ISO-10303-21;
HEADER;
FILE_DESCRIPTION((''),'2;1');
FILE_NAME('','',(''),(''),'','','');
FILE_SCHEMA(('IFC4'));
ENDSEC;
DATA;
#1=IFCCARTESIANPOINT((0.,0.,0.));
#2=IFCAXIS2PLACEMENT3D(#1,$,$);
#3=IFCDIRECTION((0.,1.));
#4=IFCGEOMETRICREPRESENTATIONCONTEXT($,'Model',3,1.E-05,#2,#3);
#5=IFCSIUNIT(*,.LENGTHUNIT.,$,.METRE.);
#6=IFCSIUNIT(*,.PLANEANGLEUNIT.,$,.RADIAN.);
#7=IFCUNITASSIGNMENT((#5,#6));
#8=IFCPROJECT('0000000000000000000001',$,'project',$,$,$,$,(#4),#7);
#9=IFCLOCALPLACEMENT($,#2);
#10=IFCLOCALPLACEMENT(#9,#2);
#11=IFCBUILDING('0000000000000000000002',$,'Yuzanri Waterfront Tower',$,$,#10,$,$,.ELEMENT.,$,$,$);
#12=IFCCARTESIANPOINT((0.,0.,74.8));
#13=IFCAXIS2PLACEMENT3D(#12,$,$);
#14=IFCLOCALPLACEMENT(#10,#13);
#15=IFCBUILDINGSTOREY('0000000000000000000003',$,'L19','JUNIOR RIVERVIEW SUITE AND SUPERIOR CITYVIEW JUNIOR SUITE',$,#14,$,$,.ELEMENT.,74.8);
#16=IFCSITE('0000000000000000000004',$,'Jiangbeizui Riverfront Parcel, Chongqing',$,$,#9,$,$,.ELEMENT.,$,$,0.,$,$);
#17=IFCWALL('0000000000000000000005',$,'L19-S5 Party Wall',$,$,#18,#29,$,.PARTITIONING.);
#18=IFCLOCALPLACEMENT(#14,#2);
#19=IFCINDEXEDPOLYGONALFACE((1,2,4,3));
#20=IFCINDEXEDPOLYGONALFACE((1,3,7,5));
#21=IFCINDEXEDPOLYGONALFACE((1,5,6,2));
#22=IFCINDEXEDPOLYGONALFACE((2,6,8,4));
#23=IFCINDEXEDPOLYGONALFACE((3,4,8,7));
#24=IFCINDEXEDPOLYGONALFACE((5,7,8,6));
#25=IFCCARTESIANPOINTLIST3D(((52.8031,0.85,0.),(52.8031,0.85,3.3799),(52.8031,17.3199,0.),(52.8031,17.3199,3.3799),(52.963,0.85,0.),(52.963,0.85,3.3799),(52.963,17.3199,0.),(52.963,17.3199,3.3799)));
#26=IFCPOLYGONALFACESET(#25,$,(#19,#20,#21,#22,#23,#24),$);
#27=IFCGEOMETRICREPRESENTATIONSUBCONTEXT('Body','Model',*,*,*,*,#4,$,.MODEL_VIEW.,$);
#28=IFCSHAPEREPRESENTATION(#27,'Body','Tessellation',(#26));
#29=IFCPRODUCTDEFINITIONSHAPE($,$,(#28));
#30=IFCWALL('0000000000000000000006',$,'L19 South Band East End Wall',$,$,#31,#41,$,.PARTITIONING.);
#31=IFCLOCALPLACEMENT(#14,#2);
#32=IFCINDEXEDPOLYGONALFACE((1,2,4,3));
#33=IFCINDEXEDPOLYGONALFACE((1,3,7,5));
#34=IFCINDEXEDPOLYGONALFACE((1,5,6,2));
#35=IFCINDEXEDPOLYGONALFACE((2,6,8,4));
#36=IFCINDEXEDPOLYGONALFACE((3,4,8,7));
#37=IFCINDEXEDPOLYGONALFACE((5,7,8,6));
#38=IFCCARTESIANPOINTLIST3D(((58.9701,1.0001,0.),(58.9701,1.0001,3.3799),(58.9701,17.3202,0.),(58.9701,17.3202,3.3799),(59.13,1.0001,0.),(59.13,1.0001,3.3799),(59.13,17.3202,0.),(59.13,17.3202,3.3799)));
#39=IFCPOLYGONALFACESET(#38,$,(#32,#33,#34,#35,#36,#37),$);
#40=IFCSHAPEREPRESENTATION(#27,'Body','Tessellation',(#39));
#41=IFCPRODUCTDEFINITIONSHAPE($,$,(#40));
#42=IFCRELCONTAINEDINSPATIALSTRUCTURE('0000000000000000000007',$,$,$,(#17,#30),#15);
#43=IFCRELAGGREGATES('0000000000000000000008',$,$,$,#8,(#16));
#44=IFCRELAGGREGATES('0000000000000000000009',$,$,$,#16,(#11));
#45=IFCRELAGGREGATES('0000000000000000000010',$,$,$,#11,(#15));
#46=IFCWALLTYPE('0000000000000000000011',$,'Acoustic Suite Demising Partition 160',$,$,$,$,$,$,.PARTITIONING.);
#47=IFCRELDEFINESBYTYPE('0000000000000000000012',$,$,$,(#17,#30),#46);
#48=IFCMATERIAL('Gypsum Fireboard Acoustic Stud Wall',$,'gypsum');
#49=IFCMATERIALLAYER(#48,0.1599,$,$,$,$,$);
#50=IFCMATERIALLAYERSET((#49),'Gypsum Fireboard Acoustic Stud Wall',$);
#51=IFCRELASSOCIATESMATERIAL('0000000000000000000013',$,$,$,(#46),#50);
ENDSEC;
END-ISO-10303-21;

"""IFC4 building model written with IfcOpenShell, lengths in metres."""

from ifc_helpers import new_model, si_unit, direction, frame, frame_2d, origin, place, context, subcontext, project, spatial, rectangle, extrude, source, transform, mapped, material, layer, layer_set, type_object, element, save


model = new_model("IFC4")

# Units and contexts
model_context = context("Model", 3, precision=1e-05, world=origin(), true_north=direction((0.0, 1.0)))
body_context = subcontext(model_context, "Body", "Model", "MODEL_VIEW")
ifc_project = project(units=[si_unit("LENGTHUNIT", "METRE"), si_unit("PLANEANGLEUNIT", "RADIAN")], contexts=[model_context])

# Site, building, storey
site_placement = place(None, origin())
site = spatial("IfcSite", under=ifc_project, at=site_placement, Name="Jiangbeizui Riverfront Parcel, Chongqing", CompositionType="ELEMENT", RefElevation=0.0)
building_placement = place(site_placement, origin())
building = spatial("IfcBuilding", under=site, at=building_placement, Name="Yuzanri Waterfront Tower", CompositionType="ELEMENT")
storey_placement = place(building_placement, frame((0.0, 0.0, 74.8)))
storey = spatial("IfcBuildingStorey", under=building, at=storey_placement, Name="L19", Description="JUNIOR RIVERVIEW SUITE AND SUPERIOR CITYVIEW JUNIOR SUITE", CompositionType="ELEMENT", Elevation=74.8)

# Walls
ifc_material_1 = material(Name="Gypsum Fireboard Acoustic Stud Wall", Category="gypsum")
ifc_layer_1 = layer(ifc_material_1, 0.1599)
ifc_layer_set_1 = layer_set([ifc_layer_1], Name="Gypsum Fireboard Acoustic Stud Wall")
wall_type_1 = type_object("IfcWallType", Name="Acoustic Suite Demising Partition 160", PredefinedType="PARTITIONING", material=ifc_layer_set_1)
shared_shape_1 = source(origin(), body_context, "Body", "SweptSolid", [
    extrude(rectangle(XDim=16.47, YDim=0.1599, at=frame_2d((8.2349, 0.0))), origin(), (0.0, 0.0, 1.0), 3.3799),
])
wall_1_placement = place(storey_placement, frame((52.8831, 0.8501, 0.0), z_axis=(0.0, 0.0, 1.0), x_axis=(0.0, 1.0, 0.0)))
element("IfcWall", 1, at=wall_1_placement, inside=storey, type_object=wall_type_1, Name="L19-S5 Party Wall", PredefinedType="PARTITIONING", context=body_context, shape_type="MappedRepresentation", body=[
    mapped(shared_shape_1, transform((0.0, 0.0, 0.0), scale=1.0)),
])
shared_shape_2 = source(origin(), body_context, "Body", "SweptSolid", [
    extrude(rectangle(XDim=16.3201, YDim=0.1599, at=frame_2d((8.1602, 0.0))), origin(), (0.0, 0.0, 1.0), 3.3799),
])
wall_2_placement = place(storey_placement, frame((59.05, 1.0, 0.0), z_axis=(0.0, 0.0, 1.0), x_axis=(0.0, 1.0, 0.0)))
element("IfcWall", 2, at=wall_2_placement, inside=storey, type_object=wall_type_1, Name="L19 South Band East End Wall", PredefinedType="PARTITIONING", context=body_context, shape_type="MappedRepresentation", body=[
    mapped(shared_shape_2, transform((0.0, 0.0, 0.0), scale=1.0)),
])

save(model, "model.ifc")
